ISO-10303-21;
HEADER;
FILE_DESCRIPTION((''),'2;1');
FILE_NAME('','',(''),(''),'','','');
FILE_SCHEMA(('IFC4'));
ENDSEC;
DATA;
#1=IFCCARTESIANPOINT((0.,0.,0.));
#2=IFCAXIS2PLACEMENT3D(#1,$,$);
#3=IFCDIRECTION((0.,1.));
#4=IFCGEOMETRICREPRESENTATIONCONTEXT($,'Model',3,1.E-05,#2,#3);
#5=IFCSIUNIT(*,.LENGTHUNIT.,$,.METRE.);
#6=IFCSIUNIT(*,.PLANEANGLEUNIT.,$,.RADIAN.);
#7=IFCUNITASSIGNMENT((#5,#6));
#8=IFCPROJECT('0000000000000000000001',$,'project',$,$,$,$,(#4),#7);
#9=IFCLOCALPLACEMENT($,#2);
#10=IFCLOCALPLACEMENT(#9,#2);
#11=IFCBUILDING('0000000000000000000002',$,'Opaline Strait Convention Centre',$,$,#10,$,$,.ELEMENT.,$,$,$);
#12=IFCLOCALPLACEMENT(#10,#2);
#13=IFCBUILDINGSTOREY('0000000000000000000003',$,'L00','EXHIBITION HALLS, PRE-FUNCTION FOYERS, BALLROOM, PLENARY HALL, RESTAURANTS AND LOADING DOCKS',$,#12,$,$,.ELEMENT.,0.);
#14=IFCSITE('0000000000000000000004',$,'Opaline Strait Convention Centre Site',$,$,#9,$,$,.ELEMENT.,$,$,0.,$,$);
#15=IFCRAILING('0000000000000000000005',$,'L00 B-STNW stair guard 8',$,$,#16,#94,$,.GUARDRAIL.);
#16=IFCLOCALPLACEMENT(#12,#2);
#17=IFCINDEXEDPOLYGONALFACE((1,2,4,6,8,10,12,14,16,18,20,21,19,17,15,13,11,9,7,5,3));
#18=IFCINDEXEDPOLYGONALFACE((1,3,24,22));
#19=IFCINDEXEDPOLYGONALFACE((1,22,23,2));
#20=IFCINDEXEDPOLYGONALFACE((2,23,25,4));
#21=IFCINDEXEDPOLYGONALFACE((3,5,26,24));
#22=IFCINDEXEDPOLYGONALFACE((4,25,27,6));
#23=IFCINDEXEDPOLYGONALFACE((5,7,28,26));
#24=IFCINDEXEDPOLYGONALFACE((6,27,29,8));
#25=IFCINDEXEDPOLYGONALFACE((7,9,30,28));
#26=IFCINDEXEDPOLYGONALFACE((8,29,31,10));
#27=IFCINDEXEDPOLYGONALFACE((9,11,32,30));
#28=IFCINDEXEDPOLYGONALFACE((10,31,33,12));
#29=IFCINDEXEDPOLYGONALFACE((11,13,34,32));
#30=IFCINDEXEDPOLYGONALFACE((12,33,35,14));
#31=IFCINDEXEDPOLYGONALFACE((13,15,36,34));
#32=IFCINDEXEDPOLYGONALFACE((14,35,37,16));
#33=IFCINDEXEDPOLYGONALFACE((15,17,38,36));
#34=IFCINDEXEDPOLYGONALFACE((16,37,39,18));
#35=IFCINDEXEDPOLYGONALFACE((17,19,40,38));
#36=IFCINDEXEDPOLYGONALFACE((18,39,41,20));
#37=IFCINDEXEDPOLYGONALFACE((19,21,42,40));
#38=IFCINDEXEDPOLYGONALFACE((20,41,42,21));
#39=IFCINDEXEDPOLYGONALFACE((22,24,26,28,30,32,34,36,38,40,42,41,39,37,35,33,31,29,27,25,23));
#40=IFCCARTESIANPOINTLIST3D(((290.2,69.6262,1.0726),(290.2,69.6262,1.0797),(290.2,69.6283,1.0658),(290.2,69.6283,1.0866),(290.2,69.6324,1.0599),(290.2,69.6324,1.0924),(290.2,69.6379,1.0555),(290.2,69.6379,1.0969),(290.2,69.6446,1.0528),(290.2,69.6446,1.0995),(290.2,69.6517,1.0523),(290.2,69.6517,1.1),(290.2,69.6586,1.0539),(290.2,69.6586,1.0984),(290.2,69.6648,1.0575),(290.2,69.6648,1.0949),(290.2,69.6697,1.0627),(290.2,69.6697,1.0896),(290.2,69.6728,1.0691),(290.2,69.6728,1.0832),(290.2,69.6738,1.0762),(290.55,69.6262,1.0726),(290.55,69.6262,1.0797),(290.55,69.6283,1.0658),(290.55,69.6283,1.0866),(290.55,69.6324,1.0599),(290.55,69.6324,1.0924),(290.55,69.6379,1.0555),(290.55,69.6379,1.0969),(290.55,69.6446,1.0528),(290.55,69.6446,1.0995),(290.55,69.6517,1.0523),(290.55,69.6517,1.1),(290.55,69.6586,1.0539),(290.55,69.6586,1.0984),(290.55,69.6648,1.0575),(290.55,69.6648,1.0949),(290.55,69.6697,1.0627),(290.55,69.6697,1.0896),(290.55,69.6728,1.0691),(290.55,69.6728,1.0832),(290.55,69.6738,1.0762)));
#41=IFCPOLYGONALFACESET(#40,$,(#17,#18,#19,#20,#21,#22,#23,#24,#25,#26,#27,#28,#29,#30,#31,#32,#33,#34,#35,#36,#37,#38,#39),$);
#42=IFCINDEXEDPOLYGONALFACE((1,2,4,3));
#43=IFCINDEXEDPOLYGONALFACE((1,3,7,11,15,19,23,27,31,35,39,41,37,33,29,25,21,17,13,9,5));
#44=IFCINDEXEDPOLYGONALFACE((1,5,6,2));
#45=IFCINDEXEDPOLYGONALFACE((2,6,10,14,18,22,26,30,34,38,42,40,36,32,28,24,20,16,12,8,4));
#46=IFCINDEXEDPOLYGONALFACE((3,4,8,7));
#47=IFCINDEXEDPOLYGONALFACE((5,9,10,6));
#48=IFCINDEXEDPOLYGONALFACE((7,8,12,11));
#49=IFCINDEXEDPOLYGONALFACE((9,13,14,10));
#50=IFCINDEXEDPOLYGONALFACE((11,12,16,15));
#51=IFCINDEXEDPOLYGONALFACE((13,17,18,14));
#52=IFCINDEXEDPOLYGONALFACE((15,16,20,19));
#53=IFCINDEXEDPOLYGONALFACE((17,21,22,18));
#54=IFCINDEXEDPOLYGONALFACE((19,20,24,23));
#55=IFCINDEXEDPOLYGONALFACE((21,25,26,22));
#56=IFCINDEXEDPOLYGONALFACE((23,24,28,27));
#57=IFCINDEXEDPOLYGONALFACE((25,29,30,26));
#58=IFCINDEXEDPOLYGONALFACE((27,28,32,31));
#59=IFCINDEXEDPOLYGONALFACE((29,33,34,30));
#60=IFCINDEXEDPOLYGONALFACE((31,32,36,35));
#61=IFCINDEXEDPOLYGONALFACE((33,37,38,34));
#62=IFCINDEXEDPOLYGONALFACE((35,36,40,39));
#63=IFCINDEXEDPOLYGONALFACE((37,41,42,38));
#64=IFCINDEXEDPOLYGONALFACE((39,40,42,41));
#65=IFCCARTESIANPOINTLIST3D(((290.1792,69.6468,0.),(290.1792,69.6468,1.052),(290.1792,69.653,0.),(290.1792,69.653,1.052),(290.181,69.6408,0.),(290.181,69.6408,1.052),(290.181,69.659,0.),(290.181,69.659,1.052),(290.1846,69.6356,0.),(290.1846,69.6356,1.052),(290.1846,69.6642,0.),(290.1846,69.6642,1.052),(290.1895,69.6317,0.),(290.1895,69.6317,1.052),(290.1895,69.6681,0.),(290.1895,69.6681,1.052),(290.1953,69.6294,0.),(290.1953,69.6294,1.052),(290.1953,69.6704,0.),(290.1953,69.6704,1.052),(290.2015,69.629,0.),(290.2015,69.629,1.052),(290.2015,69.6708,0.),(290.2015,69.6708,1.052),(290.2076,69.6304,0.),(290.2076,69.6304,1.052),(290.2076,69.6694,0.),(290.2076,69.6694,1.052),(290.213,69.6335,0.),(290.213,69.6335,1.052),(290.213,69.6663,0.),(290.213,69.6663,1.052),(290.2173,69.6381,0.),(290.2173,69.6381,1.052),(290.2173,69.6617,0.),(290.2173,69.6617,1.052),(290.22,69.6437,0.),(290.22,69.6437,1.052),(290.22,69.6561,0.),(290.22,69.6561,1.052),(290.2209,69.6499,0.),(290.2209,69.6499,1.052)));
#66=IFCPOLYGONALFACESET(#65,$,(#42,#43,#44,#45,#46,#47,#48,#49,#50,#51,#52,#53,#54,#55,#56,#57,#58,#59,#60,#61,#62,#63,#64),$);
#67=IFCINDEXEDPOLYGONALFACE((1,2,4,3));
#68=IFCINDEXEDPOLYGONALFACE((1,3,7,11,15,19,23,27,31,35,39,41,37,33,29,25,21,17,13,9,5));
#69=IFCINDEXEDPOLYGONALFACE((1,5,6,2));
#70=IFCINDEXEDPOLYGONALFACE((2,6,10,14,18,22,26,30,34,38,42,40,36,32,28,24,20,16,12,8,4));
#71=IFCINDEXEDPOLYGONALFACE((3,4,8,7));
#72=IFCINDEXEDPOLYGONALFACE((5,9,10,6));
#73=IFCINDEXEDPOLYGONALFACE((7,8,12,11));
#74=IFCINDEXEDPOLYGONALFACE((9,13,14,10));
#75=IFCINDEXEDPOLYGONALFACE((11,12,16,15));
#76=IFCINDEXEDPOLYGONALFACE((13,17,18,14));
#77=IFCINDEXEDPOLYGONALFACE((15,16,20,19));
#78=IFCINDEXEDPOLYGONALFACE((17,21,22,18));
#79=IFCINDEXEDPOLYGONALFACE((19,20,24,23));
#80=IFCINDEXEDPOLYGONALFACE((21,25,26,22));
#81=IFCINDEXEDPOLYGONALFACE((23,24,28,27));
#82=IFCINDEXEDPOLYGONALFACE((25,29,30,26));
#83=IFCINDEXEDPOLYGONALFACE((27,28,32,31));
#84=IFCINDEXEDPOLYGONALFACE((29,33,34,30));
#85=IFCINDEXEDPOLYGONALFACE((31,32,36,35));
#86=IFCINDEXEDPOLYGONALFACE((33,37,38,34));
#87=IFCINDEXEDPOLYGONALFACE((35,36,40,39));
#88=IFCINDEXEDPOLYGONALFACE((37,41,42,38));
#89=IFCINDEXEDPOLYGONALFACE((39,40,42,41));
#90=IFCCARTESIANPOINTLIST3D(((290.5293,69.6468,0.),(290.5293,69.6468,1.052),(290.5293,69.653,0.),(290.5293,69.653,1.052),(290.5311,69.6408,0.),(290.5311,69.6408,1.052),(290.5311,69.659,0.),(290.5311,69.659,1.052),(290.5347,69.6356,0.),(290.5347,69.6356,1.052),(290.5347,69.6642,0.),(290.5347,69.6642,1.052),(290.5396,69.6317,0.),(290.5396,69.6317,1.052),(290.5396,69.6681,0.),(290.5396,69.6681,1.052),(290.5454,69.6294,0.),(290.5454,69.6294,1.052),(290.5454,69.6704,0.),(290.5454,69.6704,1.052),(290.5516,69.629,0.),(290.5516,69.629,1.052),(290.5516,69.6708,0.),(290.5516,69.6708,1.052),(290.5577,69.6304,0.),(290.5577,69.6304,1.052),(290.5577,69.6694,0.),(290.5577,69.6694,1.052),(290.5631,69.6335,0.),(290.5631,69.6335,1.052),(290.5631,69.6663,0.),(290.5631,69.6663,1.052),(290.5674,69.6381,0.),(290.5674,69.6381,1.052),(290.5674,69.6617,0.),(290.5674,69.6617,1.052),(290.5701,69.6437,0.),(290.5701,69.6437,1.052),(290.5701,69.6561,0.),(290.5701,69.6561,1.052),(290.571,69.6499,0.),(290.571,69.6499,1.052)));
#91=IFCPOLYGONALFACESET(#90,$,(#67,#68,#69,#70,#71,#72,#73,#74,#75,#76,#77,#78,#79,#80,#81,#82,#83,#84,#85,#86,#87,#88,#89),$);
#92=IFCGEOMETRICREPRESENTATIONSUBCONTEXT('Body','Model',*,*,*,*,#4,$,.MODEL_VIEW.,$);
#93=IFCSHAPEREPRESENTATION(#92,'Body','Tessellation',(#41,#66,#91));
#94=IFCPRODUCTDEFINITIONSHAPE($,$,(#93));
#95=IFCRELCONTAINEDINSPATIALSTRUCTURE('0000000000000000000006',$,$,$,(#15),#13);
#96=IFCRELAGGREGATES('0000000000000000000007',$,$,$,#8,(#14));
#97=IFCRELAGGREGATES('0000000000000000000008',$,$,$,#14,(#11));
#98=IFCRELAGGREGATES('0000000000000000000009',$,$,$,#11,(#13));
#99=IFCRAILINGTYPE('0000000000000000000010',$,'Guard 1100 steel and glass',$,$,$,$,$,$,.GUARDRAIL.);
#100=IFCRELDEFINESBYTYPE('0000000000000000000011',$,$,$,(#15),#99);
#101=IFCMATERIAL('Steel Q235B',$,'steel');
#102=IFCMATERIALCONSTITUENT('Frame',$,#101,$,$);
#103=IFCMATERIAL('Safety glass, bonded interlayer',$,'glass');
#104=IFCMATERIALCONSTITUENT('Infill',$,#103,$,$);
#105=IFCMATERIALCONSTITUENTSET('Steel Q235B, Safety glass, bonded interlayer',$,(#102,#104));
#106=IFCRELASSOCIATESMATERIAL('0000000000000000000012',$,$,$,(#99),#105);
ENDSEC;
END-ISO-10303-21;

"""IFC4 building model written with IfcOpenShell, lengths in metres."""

from ifc_helpers import new_model, si_unit, direction, frame, origin, origin_2d, place, context, subcontext, project, spatial, circle, extrude, material, constituent, constituent_set, type_object, element, save


model = new_model("IFC4")

# Units and contexts
model_context = context("Model", 3, precision=1e-05, world=origin(), true_north=direction((0.0, 1.0)))
body_context = subcontext(model_context, "Body", "Model", "MODEL_VIEW")
ifc_project = project(units=[si_unit("LENGTHUNIT", "METRE"), si_unit("PLANEANGLEUNIT", "RADIAN")], contexts=[model_context])

# Site, building, storey
site_placement = place(None, origin())
site = spatial("IfcSite", under=ifc_project, at=site_placement, Name="Opaline Strait Convention Centre Site", CompositionType="ELEMENT", RefElevation=0.0)
building_placement = place(site_placement, origin())
building = spatial("IfcBuilding", under=site, at=building_placement, Name="Opaline Strait Convention Centre", CompositionType="ELEMENT")
storey_placement = place(building_placement, origin())
storey = spatial("IfcBuildingStorey", under=building, at=storey_placement, Name="L00", Description="EXHIBITION HALLS, PRE-FUNCTION FOYERS, BALLROOM, PLENARY HALL, RESTAURANTS AND LOADING DOCKS", CompositionType="ELEMENT", Elevation=0.0)

# Shared definitions
ifc_material_1 = material(Name="Steel Q235B", Category="steel")

# Railing
ifc_constituent_1 = constituent(ifc_material_1, Name="Frame")
ifc_material_2 = material(Name="Safety glass, bonded interlayer", Category="glass")
ifc_constituent_2 = constituent(ifc_material_2, Name="Infill")
ifc_constituent_set = constituent_set(constituents=[ifc_constituent_1, ifc_constituent_2], Name="Steel Q235B, Safety glass, bonded interlayer")
railing_type_1 = type_object("IfcRailingType", Name="Guard 1100 steel and glass", PredefinedType="GUARDRAIL", material=ifc_constituent_set)
railing_1_placement = place(storey_placement, frame((290.2, 69.6499, 0.0)))
element("IfcRailing", 1, at=railing_1_placement, inside=storey, type_object=railing_type_1, Name="L00 B-STNW stair guard 8", PredefinedType="GUARDRAIL", context=body_context, shape_type="SweptSolid", body=[
    extrude(circle(Radius=0.0239, at=origin_2d()), frame((0.0, 0.0, 1.0762), z_axis=(1.0, 0.0, 0.0), x_axis=(0.0, 1.0, 0.0)), (0.0, 0.0, 1.0), 0.3501),
    extrude(circle(Radius=0.021, at=origin_2d()), origin(), (0.0, 0.0, 1.0), 1.052),
    extrude(circle(Radius=0.021, at=origin_2d()), frame((0.3501, 0.0, 0.0)), (0.0, 0.0, 1.0), 1.052),
])

save(model, "model.ifc")
